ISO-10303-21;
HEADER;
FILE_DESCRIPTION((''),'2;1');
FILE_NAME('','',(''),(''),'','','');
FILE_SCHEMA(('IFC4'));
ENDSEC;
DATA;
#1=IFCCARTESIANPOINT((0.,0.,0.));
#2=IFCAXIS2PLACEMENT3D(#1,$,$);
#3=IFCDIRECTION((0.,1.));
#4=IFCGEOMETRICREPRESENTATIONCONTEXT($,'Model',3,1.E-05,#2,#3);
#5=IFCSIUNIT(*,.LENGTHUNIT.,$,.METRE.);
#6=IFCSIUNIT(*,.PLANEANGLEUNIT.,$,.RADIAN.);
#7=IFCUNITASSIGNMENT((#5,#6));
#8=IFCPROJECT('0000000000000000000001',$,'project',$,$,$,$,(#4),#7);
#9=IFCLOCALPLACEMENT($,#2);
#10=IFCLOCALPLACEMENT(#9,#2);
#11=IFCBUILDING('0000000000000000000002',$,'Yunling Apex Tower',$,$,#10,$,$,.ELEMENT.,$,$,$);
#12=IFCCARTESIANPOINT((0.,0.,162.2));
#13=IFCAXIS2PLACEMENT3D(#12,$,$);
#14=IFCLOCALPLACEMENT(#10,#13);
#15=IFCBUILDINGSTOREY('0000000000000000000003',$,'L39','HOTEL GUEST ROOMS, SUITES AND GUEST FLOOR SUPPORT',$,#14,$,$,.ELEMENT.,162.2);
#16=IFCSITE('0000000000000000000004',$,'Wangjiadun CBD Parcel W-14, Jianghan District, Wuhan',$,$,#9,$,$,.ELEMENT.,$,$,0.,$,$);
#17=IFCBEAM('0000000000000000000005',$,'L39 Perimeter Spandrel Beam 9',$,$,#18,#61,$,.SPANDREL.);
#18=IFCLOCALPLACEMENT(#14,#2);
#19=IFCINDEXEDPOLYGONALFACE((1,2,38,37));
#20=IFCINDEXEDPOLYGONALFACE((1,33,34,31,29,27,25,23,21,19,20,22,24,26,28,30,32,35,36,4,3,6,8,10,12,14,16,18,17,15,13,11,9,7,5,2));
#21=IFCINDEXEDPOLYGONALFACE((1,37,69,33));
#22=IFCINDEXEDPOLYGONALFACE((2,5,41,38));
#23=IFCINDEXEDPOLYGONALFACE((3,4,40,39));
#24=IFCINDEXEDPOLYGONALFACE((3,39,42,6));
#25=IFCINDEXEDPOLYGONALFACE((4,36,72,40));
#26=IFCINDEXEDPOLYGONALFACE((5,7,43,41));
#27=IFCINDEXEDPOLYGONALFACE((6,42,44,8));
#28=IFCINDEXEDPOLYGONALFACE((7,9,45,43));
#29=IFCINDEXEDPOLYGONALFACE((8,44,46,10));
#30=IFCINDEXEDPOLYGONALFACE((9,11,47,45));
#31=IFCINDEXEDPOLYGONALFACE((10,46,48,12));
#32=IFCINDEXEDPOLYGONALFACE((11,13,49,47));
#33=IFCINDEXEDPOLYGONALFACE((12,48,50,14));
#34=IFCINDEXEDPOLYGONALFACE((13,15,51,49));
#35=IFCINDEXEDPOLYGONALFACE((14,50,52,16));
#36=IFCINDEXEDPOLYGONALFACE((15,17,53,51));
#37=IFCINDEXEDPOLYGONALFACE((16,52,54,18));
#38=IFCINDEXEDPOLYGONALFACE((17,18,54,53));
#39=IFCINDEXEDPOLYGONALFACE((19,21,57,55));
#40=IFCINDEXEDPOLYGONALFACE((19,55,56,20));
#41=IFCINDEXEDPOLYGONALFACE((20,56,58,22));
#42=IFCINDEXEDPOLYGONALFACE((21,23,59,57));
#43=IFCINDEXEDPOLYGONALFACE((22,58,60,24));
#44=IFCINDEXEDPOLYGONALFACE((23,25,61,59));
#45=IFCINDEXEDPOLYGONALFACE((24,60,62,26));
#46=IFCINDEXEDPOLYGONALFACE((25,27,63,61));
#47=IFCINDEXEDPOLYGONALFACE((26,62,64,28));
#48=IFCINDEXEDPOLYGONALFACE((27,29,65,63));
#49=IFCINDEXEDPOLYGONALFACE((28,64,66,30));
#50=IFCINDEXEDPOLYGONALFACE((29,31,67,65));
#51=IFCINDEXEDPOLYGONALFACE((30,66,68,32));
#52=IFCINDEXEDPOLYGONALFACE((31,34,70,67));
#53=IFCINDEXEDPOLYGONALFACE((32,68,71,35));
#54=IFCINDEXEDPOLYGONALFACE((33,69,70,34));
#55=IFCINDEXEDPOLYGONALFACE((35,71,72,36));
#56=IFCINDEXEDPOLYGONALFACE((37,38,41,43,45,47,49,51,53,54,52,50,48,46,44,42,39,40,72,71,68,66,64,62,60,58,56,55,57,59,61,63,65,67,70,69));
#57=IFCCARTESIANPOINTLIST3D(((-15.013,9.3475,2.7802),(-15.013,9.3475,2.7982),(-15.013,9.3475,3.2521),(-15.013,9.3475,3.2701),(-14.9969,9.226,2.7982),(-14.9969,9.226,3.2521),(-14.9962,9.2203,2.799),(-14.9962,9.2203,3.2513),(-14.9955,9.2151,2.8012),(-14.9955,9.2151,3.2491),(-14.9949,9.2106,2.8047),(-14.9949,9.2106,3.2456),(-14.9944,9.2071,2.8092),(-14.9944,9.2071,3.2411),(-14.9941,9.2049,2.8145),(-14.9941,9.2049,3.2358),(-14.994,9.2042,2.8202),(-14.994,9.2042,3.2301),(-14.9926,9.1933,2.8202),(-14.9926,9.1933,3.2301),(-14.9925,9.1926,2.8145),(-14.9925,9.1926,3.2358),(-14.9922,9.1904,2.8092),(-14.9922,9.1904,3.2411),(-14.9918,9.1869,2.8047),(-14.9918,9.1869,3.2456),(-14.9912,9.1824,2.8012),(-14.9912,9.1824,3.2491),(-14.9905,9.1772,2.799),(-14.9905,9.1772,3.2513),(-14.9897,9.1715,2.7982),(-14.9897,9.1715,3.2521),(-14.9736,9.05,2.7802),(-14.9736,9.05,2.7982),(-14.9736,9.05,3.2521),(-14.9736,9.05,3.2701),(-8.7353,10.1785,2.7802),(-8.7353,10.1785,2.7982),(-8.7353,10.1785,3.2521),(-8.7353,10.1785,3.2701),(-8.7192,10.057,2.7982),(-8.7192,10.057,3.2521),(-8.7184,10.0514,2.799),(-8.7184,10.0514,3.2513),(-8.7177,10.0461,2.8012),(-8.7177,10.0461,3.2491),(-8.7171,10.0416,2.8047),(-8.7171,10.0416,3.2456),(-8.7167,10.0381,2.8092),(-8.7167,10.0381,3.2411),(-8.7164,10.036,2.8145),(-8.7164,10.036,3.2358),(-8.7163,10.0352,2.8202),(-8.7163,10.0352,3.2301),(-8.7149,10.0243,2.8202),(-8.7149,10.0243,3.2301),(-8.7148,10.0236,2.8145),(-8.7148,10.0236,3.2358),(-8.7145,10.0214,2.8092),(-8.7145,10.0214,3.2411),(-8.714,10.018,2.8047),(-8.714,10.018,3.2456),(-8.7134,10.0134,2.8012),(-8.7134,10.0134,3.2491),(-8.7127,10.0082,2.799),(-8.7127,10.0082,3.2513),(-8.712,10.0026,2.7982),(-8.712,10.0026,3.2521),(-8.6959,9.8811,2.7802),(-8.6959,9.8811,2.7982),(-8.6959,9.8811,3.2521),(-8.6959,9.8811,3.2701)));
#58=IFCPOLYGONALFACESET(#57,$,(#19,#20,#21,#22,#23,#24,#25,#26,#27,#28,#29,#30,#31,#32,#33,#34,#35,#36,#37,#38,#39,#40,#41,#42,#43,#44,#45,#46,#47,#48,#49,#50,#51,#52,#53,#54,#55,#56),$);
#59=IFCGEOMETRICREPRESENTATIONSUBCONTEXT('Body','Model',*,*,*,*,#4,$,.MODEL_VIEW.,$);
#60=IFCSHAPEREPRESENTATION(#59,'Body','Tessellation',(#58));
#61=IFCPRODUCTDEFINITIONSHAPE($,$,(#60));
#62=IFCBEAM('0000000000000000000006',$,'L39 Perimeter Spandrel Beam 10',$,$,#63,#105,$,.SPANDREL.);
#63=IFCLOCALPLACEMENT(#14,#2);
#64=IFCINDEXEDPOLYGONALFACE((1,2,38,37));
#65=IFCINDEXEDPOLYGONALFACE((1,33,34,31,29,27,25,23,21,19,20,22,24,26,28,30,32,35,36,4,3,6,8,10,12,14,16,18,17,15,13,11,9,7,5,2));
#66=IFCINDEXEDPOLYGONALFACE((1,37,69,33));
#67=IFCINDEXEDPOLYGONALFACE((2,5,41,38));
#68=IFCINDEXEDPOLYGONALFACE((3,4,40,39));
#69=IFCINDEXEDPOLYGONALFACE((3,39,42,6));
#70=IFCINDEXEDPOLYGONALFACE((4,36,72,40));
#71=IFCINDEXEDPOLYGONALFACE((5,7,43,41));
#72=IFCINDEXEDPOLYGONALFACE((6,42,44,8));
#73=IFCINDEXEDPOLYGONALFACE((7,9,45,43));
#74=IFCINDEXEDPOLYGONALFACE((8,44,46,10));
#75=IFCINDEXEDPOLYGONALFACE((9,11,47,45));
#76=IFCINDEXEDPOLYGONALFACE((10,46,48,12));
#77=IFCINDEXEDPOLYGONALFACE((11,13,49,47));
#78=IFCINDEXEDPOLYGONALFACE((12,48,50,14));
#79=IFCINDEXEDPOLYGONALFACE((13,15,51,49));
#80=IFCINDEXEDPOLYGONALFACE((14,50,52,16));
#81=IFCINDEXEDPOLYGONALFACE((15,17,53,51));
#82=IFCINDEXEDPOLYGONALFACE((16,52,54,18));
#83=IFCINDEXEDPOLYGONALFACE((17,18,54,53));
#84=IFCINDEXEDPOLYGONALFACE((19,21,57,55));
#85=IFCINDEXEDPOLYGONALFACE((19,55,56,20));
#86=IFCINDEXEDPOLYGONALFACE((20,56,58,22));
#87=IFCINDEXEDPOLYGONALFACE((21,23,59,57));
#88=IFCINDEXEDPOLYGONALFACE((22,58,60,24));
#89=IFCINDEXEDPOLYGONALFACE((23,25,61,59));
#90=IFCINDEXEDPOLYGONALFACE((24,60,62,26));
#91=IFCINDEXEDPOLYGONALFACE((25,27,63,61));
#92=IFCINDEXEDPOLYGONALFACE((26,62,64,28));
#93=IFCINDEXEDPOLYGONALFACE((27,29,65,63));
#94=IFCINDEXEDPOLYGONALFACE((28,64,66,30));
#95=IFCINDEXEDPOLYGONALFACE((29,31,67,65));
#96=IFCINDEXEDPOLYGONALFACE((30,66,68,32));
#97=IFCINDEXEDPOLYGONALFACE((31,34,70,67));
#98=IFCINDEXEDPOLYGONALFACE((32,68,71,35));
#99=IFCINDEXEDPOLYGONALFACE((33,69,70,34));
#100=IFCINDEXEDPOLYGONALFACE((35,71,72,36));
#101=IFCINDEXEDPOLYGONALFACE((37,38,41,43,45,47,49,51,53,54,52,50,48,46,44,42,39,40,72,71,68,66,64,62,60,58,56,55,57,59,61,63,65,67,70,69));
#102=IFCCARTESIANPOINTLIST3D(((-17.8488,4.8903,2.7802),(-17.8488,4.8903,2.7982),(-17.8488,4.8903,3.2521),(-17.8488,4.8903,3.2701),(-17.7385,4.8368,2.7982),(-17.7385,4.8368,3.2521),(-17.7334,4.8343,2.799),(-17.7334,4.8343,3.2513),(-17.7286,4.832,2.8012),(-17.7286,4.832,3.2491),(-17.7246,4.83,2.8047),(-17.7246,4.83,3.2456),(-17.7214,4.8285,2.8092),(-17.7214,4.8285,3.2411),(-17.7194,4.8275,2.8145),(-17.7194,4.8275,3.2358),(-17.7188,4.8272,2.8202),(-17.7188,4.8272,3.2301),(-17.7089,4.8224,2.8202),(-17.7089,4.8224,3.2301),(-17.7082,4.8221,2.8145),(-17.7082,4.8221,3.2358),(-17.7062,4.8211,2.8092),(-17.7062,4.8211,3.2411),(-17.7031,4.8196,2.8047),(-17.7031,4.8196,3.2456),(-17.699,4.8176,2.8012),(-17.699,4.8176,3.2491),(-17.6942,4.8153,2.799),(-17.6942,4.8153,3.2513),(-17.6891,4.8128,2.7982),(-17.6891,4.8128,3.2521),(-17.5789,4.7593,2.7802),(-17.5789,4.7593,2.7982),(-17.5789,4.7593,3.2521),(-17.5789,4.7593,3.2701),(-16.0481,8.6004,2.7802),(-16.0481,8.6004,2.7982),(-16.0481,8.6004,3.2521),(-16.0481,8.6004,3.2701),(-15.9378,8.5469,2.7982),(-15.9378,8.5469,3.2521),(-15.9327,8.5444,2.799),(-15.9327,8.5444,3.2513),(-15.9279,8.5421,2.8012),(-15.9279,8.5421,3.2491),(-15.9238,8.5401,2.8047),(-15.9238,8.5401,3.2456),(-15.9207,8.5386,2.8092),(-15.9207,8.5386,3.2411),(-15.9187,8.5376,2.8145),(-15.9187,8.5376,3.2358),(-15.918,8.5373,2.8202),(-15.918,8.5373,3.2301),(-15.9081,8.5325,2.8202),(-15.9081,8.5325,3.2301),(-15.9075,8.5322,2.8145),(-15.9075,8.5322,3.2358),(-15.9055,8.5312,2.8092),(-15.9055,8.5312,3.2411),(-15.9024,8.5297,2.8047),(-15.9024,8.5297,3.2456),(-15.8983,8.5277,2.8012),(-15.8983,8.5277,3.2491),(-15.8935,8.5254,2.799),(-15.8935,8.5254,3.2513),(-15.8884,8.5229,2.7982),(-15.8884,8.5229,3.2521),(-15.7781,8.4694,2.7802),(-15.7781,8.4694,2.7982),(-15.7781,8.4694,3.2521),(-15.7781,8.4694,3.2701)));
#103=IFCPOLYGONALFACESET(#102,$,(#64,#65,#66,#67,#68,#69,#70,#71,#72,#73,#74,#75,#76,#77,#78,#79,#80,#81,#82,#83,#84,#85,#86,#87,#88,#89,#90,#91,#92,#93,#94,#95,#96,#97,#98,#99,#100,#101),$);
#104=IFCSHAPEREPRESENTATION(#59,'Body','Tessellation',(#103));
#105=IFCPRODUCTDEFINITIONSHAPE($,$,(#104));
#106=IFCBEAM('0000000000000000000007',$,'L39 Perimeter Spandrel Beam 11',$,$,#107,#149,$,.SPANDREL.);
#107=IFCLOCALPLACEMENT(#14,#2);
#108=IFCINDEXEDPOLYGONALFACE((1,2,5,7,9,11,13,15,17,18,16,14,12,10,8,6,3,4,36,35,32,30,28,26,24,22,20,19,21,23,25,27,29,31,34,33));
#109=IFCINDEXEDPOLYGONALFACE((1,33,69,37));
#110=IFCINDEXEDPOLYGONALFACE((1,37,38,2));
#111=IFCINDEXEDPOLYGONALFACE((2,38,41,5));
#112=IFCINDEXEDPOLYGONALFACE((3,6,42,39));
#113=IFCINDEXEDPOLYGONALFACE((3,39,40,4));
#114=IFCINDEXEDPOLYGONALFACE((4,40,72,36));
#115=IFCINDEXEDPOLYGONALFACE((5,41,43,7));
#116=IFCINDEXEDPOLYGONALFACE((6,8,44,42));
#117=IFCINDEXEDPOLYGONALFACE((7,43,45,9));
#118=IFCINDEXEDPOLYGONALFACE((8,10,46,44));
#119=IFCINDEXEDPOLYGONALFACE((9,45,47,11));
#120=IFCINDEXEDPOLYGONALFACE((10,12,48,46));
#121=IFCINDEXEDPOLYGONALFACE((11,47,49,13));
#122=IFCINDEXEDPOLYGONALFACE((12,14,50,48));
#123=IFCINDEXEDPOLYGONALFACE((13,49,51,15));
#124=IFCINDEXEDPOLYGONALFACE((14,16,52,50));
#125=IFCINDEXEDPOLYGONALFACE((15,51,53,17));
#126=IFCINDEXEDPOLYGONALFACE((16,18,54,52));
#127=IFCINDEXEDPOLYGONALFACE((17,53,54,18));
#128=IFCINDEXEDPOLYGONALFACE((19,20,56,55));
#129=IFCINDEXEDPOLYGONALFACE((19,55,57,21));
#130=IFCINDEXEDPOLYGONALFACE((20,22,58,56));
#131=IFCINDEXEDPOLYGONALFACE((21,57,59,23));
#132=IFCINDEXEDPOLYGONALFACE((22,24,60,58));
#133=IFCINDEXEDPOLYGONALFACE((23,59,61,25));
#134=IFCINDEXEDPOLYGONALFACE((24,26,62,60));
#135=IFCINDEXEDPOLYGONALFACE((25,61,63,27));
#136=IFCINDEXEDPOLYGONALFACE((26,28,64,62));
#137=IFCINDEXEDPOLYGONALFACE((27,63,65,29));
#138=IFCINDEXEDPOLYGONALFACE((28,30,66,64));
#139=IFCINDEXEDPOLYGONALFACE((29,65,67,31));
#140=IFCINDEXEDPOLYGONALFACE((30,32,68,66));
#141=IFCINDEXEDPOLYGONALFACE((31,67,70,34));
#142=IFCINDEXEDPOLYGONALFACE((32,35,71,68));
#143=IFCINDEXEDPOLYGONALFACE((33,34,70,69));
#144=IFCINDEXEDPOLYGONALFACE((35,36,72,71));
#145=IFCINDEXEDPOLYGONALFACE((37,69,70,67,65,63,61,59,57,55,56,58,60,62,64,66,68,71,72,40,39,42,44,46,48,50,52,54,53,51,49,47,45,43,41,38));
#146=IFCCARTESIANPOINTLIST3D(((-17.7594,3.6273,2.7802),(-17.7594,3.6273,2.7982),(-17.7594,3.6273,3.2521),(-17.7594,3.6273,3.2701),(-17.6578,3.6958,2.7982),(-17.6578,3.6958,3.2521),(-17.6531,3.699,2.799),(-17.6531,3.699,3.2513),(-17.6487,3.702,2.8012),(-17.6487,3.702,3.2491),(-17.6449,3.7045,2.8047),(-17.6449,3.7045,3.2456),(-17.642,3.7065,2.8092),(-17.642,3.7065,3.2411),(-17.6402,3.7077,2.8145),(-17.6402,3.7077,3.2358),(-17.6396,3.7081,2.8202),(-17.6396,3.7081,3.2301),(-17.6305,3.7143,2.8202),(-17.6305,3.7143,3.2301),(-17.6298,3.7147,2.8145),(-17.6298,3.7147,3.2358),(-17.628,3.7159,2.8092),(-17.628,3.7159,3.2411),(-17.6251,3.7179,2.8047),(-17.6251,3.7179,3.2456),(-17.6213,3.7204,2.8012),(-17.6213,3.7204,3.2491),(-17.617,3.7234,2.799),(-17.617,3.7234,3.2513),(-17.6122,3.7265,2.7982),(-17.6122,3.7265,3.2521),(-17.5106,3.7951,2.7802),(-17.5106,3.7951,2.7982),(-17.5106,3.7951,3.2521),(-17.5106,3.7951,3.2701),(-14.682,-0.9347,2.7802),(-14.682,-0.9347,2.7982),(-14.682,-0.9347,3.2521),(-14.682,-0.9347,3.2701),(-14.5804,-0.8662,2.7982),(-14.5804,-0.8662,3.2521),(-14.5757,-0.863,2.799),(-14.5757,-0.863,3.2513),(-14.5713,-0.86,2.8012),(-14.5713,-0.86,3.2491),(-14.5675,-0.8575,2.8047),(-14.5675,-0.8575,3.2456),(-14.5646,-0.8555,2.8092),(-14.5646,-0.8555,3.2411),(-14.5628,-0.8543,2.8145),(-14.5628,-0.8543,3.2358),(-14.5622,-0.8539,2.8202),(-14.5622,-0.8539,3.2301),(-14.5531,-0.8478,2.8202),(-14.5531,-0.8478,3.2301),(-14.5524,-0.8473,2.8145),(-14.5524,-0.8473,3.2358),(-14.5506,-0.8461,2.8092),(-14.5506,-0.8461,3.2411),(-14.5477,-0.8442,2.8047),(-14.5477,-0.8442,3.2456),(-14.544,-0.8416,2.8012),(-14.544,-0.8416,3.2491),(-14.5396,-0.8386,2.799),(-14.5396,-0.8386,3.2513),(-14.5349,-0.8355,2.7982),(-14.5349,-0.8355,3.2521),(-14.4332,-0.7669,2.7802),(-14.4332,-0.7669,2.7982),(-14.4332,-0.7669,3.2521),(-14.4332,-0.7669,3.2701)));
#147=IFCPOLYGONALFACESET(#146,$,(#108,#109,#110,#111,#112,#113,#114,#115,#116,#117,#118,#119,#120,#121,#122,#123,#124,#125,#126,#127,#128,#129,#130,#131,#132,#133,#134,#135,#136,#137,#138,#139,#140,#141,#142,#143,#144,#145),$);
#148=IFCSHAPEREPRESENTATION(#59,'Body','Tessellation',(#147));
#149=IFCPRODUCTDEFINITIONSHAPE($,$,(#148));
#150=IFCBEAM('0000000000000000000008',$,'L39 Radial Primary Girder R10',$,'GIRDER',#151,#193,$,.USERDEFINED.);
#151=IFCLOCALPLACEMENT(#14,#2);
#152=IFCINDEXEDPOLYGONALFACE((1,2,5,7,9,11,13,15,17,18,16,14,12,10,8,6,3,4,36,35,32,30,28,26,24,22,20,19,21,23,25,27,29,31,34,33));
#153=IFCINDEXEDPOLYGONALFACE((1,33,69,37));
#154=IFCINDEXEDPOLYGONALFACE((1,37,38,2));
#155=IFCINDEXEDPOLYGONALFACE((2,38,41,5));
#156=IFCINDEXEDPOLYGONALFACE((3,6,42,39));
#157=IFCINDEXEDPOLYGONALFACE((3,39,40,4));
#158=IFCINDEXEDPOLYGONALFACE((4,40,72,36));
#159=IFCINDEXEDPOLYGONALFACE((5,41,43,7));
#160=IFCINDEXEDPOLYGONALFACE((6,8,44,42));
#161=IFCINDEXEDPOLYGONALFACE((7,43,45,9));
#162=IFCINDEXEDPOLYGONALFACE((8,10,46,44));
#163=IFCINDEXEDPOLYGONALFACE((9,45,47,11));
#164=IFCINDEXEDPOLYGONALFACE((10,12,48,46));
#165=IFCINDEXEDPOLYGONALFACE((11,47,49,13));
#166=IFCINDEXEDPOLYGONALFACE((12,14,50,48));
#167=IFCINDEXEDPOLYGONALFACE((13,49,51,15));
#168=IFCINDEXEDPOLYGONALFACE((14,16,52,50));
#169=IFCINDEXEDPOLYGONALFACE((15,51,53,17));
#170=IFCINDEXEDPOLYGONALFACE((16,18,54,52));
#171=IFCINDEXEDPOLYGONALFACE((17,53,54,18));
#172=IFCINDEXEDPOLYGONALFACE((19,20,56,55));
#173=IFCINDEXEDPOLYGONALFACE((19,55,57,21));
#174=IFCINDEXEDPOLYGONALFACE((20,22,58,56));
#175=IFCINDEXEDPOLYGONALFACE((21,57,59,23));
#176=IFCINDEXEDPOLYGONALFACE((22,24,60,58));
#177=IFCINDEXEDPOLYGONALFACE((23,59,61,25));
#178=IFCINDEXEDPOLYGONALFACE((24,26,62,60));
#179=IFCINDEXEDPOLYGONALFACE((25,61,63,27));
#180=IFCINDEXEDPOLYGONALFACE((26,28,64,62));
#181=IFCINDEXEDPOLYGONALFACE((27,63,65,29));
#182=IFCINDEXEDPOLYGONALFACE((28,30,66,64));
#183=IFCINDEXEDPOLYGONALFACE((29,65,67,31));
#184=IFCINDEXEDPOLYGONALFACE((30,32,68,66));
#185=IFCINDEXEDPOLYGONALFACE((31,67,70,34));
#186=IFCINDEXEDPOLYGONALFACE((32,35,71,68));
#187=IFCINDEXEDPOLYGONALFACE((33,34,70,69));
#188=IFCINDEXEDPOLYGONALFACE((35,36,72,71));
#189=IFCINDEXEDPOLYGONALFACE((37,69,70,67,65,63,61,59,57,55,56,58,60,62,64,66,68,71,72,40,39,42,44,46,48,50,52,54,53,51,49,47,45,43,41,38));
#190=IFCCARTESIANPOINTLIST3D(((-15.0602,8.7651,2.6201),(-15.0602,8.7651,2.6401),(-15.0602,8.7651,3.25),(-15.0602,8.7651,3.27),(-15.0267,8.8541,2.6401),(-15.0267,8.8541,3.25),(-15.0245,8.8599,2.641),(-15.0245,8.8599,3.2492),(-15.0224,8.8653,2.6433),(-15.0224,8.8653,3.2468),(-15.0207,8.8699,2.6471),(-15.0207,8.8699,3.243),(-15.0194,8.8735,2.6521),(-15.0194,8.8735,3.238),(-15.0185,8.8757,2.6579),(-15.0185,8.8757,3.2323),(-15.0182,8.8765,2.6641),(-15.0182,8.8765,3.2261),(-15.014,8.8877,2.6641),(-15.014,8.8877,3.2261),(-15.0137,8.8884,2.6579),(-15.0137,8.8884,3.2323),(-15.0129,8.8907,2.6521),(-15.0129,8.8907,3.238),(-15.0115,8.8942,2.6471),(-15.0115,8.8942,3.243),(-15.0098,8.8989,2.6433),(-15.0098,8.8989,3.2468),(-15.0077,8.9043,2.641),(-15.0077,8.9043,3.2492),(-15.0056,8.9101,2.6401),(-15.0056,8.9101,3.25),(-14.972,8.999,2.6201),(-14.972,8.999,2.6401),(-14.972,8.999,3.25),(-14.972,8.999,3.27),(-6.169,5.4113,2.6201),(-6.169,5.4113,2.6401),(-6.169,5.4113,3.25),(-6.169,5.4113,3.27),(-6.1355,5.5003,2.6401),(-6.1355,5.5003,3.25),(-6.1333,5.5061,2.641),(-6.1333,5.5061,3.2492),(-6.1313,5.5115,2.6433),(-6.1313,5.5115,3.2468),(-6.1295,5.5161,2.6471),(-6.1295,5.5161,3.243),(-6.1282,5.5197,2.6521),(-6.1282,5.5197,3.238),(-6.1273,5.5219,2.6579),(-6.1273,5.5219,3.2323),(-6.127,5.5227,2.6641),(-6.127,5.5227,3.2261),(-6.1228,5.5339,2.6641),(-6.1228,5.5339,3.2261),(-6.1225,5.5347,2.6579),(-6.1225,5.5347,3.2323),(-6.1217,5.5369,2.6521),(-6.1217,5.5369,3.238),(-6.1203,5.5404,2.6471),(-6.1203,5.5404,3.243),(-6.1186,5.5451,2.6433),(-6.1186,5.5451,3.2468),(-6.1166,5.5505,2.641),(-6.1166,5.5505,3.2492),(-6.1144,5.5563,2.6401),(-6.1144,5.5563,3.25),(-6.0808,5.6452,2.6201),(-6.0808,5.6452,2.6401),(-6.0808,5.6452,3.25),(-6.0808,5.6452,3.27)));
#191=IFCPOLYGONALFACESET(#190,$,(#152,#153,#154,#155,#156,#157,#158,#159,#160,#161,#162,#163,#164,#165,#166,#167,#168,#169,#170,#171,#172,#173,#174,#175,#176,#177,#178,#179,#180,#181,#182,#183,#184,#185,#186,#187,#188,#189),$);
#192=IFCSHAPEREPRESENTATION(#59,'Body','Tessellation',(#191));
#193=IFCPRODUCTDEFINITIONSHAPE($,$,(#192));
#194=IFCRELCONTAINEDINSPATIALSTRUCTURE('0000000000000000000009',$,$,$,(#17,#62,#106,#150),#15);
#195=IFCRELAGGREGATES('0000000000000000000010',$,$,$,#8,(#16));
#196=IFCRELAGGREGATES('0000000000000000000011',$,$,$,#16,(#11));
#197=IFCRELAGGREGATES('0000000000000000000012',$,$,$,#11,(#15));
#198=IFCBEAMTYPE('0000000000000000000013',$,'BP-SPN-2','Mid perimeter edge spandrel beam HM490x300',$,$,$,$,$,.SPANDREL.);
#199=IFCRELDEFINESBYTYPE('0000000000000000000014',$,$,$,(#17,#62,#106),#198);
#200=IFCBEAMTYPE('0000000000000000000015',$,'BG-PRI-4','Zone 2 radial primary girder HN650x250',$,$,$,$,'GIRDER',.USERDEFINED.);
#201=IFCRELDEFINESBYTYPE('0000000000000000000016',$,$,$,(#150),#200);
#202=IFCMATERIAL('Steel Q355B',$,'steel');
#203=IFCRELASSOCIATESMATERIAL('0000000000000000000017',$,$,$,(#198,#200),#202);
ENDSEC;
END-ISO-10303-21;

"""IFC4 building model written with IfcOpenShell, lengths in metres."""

from ifc_helpers import new_model, si_unit, direction, frame, origin, origin_2d, place, context, subcontext, project, spatial, i_section, extrude, source, transform, mapped, material, material_profile, profile_set, type_object, element, save


model = new_model("IFC4")

# Units and contexts
model_context = context("Model", 3, precision=1e-05, world=origin(), true_north=direction((0.0, 1.0)))
body_context = subcontext(model_context, "Body", "Model", "MODEL_VIEW")
ifc_project = project(units=[si_unit("LENGTHUNIT", "METRE"), si_unit("PLANEANGLEUNIT", "RADIAN")], contexts=[model_context])

# Site, building, storey
site_placement = place(None, origin())
site = spatial("IfcSite", under=ifc_project, at=site_placement, Name="Wangjiadun CBD Parcel W-14, Jianghan District, Wuhan", CompositionType="ELEMENT", RefElevation=0.0)
building_placement = place(site_placement, origin())
building = spatial("IfcBuilding", under=site, at=building_placement, Name="Yunling Apex Tower", CompositionType="ELEMENT")
storey_placement = place(building_placement, frame((0.0, 0.0, 162.2)))
storey = spatial("IfcBuildingStorey", under=building, at=storey_placement, Name="L39", Description="HOTEL GUEST ROOMS, SUITES AND GUEST FLOOR SUPPORT", CompositionType="ELEMENT", Elevation=162.2)

# Beams
ifc_material_1 = material(Name="Steel Q355B", Category="steel")
ifc_material_profile_1 = material_profile(ifc_material_1, i_section(OverallWidth=0.3, OverallDepth=0.49, WebThickness=0.011, FlangeThickness=0.0181, FilletRadius=0.022, at=origin_2d()))
ifc_profile_set_1 = profile_set([ifc_material_profile_1], Name="Steel Q355B")
beam_type_1 = type_object("IfcBeamType", Name="BP-SPN-2", Description="Mid perimeter edge spandrel beam HM490x300", PredefinedType="SPANDREL", material=ifc_profile_set_1)
shared_shape_1 = source(origin(), body_context, "Body", "SweptSolid", [
    extrude(i_section(OverallWidth=0.3, OverallDepth=0.49, WebThickness=0.011, FlangeThickness=0.0181, FilletRadius=0.022, at=origin_2d()), origin(), (0.0, 0.0, 1.0), 6.3325),
])
beam_1_placement = place(storey_placement, frame((-8.7156, 10.0298, 3.0251), z_axis=(-0.991351, -0.131234, 0.0), x_axis=(0.131234, -0.991351, 0.0)))
element("IfcBeam", 1, at=beam_1_placement, inside=storey, type_object=beam_type_1, Name="L39 Perimeter Spandrel Beam 9", PredefinedType="SPANDREL", context=body_context, shape_type="MappedRepresentation", body=[
    mapped(shared_shape_1, transform((0.0, 0.0, 0.0), scale=1.0)),
])
shared_shape_2 = source(origin(), body_context, "Body", "SweptSolid", [
    extrude(i_section(OverallWidth=0.3, OverallDepth=0.49, WebThickness=0.011, FlangeThickness=0.0181, FilletRadius=0.022, at=origin_2d()), origin(), (0.0, 0.0, 1.0), 4.124),
])
beam_2_placement = place(storey_placement, frame((-15.9131, 8.5349, 3.0251), z_axis=(-0.436645, -0.899634, 0.0), x_axis=(0.899634, -0.436645, 0.0)))
element("IfcBeam", 2, at=beam_2_placement, inside=storey, type_object=beam_type_1, Name="L39 Perimeter Spandrel Beam 10", PredefinedType="SPANDREL", context=body_context, shape_type="MappedRepresentation", body=[
    mapped(shared_shape_2, transform((0.0, 0.0, 0.0), scale=1.0)),
])
shared_shape_3 = source(origin(), body_context, "Body", "SweptSolid", [
    extrude(i_section(OverallWidth=0.3, OverallDepth=0.49, WebThickness=0.011, FlangeThickness=0.0181, FilletRadius=0.022, at=origin_2d()), origin(), (0.0, 0.0, 1.0), 5.5029),
])
beam_3_placement = place(storey_placement, frame((-17.635, 3.7112, 3.0251), z_axis=(0.559227, -0.829014, 0.0), x_axis=(0.829014, 0.559227, 0.0)))
element("IfcBeam", 3, at=beam_3_placement, inside=storey, type_object=beam_type_1, Name="L39 Perimeter Spandrel Beam 11", PredefinedType="SPANDREL", context=body_context, shape_type="MappedRepresentation", body=[
    mapped(shared_shape_3, transform((0.0, 0.0, 0.0), scale=1.0)),
])
ifc_material_profile_2 = material_profile(ifc_material_1, i_section(OverallWidth=0.25, OverallDepth=0.6499, WebThickness=0.012, FlangeThickness=0.02, FilletRadius=0.0239, at=origin_2d()))
ifc_profile_set_2 = profile_set([ifc_material_profile_2], Name="Steel Q355B")
beam_type_2 = type_object("IfcBeamType", Name="BG-PRI-4", Description="Zone 2 radial primary girder HN650x250", ElementType="GIRDER", PredefinedType="USERDEFINED", material=ifc_profile_set_2)
shared_shape_4 = source(origin(), body_context, "Body", "SweptSolid", [
    extrude(i_section(OverallWidth=0.25, OverallDepth=0.6499, WebThickness=0.012, FlangeThickness=0.02, FilletRadius=0.0239, at=origin_2d()), origin(), (0.0, 0.0, 1.0), 9.5027),
])
beam_4_placement = place(storey_placement, frame((-15.0161, 8.8821, 2.9451), z_axis=(0.93565, -0.35293, 0.0), x_axis=(0.35293, 0.93565, 0.0)))
element("IfcBeam", 4, at=beam_4_placement, inside=storey, type_object=beam_type_2, Name="L39 Radial Primary Girder R10", ObjectType="GIRDER", PredefinedType="USERDEFINED", context=body_context, shape_type="MappedRepresentation", body=[
    mapped(shared_shape_4, transform((0.0, 0.0, 0.0), scale=1.0)),
])

save(model, "model.ifc")
